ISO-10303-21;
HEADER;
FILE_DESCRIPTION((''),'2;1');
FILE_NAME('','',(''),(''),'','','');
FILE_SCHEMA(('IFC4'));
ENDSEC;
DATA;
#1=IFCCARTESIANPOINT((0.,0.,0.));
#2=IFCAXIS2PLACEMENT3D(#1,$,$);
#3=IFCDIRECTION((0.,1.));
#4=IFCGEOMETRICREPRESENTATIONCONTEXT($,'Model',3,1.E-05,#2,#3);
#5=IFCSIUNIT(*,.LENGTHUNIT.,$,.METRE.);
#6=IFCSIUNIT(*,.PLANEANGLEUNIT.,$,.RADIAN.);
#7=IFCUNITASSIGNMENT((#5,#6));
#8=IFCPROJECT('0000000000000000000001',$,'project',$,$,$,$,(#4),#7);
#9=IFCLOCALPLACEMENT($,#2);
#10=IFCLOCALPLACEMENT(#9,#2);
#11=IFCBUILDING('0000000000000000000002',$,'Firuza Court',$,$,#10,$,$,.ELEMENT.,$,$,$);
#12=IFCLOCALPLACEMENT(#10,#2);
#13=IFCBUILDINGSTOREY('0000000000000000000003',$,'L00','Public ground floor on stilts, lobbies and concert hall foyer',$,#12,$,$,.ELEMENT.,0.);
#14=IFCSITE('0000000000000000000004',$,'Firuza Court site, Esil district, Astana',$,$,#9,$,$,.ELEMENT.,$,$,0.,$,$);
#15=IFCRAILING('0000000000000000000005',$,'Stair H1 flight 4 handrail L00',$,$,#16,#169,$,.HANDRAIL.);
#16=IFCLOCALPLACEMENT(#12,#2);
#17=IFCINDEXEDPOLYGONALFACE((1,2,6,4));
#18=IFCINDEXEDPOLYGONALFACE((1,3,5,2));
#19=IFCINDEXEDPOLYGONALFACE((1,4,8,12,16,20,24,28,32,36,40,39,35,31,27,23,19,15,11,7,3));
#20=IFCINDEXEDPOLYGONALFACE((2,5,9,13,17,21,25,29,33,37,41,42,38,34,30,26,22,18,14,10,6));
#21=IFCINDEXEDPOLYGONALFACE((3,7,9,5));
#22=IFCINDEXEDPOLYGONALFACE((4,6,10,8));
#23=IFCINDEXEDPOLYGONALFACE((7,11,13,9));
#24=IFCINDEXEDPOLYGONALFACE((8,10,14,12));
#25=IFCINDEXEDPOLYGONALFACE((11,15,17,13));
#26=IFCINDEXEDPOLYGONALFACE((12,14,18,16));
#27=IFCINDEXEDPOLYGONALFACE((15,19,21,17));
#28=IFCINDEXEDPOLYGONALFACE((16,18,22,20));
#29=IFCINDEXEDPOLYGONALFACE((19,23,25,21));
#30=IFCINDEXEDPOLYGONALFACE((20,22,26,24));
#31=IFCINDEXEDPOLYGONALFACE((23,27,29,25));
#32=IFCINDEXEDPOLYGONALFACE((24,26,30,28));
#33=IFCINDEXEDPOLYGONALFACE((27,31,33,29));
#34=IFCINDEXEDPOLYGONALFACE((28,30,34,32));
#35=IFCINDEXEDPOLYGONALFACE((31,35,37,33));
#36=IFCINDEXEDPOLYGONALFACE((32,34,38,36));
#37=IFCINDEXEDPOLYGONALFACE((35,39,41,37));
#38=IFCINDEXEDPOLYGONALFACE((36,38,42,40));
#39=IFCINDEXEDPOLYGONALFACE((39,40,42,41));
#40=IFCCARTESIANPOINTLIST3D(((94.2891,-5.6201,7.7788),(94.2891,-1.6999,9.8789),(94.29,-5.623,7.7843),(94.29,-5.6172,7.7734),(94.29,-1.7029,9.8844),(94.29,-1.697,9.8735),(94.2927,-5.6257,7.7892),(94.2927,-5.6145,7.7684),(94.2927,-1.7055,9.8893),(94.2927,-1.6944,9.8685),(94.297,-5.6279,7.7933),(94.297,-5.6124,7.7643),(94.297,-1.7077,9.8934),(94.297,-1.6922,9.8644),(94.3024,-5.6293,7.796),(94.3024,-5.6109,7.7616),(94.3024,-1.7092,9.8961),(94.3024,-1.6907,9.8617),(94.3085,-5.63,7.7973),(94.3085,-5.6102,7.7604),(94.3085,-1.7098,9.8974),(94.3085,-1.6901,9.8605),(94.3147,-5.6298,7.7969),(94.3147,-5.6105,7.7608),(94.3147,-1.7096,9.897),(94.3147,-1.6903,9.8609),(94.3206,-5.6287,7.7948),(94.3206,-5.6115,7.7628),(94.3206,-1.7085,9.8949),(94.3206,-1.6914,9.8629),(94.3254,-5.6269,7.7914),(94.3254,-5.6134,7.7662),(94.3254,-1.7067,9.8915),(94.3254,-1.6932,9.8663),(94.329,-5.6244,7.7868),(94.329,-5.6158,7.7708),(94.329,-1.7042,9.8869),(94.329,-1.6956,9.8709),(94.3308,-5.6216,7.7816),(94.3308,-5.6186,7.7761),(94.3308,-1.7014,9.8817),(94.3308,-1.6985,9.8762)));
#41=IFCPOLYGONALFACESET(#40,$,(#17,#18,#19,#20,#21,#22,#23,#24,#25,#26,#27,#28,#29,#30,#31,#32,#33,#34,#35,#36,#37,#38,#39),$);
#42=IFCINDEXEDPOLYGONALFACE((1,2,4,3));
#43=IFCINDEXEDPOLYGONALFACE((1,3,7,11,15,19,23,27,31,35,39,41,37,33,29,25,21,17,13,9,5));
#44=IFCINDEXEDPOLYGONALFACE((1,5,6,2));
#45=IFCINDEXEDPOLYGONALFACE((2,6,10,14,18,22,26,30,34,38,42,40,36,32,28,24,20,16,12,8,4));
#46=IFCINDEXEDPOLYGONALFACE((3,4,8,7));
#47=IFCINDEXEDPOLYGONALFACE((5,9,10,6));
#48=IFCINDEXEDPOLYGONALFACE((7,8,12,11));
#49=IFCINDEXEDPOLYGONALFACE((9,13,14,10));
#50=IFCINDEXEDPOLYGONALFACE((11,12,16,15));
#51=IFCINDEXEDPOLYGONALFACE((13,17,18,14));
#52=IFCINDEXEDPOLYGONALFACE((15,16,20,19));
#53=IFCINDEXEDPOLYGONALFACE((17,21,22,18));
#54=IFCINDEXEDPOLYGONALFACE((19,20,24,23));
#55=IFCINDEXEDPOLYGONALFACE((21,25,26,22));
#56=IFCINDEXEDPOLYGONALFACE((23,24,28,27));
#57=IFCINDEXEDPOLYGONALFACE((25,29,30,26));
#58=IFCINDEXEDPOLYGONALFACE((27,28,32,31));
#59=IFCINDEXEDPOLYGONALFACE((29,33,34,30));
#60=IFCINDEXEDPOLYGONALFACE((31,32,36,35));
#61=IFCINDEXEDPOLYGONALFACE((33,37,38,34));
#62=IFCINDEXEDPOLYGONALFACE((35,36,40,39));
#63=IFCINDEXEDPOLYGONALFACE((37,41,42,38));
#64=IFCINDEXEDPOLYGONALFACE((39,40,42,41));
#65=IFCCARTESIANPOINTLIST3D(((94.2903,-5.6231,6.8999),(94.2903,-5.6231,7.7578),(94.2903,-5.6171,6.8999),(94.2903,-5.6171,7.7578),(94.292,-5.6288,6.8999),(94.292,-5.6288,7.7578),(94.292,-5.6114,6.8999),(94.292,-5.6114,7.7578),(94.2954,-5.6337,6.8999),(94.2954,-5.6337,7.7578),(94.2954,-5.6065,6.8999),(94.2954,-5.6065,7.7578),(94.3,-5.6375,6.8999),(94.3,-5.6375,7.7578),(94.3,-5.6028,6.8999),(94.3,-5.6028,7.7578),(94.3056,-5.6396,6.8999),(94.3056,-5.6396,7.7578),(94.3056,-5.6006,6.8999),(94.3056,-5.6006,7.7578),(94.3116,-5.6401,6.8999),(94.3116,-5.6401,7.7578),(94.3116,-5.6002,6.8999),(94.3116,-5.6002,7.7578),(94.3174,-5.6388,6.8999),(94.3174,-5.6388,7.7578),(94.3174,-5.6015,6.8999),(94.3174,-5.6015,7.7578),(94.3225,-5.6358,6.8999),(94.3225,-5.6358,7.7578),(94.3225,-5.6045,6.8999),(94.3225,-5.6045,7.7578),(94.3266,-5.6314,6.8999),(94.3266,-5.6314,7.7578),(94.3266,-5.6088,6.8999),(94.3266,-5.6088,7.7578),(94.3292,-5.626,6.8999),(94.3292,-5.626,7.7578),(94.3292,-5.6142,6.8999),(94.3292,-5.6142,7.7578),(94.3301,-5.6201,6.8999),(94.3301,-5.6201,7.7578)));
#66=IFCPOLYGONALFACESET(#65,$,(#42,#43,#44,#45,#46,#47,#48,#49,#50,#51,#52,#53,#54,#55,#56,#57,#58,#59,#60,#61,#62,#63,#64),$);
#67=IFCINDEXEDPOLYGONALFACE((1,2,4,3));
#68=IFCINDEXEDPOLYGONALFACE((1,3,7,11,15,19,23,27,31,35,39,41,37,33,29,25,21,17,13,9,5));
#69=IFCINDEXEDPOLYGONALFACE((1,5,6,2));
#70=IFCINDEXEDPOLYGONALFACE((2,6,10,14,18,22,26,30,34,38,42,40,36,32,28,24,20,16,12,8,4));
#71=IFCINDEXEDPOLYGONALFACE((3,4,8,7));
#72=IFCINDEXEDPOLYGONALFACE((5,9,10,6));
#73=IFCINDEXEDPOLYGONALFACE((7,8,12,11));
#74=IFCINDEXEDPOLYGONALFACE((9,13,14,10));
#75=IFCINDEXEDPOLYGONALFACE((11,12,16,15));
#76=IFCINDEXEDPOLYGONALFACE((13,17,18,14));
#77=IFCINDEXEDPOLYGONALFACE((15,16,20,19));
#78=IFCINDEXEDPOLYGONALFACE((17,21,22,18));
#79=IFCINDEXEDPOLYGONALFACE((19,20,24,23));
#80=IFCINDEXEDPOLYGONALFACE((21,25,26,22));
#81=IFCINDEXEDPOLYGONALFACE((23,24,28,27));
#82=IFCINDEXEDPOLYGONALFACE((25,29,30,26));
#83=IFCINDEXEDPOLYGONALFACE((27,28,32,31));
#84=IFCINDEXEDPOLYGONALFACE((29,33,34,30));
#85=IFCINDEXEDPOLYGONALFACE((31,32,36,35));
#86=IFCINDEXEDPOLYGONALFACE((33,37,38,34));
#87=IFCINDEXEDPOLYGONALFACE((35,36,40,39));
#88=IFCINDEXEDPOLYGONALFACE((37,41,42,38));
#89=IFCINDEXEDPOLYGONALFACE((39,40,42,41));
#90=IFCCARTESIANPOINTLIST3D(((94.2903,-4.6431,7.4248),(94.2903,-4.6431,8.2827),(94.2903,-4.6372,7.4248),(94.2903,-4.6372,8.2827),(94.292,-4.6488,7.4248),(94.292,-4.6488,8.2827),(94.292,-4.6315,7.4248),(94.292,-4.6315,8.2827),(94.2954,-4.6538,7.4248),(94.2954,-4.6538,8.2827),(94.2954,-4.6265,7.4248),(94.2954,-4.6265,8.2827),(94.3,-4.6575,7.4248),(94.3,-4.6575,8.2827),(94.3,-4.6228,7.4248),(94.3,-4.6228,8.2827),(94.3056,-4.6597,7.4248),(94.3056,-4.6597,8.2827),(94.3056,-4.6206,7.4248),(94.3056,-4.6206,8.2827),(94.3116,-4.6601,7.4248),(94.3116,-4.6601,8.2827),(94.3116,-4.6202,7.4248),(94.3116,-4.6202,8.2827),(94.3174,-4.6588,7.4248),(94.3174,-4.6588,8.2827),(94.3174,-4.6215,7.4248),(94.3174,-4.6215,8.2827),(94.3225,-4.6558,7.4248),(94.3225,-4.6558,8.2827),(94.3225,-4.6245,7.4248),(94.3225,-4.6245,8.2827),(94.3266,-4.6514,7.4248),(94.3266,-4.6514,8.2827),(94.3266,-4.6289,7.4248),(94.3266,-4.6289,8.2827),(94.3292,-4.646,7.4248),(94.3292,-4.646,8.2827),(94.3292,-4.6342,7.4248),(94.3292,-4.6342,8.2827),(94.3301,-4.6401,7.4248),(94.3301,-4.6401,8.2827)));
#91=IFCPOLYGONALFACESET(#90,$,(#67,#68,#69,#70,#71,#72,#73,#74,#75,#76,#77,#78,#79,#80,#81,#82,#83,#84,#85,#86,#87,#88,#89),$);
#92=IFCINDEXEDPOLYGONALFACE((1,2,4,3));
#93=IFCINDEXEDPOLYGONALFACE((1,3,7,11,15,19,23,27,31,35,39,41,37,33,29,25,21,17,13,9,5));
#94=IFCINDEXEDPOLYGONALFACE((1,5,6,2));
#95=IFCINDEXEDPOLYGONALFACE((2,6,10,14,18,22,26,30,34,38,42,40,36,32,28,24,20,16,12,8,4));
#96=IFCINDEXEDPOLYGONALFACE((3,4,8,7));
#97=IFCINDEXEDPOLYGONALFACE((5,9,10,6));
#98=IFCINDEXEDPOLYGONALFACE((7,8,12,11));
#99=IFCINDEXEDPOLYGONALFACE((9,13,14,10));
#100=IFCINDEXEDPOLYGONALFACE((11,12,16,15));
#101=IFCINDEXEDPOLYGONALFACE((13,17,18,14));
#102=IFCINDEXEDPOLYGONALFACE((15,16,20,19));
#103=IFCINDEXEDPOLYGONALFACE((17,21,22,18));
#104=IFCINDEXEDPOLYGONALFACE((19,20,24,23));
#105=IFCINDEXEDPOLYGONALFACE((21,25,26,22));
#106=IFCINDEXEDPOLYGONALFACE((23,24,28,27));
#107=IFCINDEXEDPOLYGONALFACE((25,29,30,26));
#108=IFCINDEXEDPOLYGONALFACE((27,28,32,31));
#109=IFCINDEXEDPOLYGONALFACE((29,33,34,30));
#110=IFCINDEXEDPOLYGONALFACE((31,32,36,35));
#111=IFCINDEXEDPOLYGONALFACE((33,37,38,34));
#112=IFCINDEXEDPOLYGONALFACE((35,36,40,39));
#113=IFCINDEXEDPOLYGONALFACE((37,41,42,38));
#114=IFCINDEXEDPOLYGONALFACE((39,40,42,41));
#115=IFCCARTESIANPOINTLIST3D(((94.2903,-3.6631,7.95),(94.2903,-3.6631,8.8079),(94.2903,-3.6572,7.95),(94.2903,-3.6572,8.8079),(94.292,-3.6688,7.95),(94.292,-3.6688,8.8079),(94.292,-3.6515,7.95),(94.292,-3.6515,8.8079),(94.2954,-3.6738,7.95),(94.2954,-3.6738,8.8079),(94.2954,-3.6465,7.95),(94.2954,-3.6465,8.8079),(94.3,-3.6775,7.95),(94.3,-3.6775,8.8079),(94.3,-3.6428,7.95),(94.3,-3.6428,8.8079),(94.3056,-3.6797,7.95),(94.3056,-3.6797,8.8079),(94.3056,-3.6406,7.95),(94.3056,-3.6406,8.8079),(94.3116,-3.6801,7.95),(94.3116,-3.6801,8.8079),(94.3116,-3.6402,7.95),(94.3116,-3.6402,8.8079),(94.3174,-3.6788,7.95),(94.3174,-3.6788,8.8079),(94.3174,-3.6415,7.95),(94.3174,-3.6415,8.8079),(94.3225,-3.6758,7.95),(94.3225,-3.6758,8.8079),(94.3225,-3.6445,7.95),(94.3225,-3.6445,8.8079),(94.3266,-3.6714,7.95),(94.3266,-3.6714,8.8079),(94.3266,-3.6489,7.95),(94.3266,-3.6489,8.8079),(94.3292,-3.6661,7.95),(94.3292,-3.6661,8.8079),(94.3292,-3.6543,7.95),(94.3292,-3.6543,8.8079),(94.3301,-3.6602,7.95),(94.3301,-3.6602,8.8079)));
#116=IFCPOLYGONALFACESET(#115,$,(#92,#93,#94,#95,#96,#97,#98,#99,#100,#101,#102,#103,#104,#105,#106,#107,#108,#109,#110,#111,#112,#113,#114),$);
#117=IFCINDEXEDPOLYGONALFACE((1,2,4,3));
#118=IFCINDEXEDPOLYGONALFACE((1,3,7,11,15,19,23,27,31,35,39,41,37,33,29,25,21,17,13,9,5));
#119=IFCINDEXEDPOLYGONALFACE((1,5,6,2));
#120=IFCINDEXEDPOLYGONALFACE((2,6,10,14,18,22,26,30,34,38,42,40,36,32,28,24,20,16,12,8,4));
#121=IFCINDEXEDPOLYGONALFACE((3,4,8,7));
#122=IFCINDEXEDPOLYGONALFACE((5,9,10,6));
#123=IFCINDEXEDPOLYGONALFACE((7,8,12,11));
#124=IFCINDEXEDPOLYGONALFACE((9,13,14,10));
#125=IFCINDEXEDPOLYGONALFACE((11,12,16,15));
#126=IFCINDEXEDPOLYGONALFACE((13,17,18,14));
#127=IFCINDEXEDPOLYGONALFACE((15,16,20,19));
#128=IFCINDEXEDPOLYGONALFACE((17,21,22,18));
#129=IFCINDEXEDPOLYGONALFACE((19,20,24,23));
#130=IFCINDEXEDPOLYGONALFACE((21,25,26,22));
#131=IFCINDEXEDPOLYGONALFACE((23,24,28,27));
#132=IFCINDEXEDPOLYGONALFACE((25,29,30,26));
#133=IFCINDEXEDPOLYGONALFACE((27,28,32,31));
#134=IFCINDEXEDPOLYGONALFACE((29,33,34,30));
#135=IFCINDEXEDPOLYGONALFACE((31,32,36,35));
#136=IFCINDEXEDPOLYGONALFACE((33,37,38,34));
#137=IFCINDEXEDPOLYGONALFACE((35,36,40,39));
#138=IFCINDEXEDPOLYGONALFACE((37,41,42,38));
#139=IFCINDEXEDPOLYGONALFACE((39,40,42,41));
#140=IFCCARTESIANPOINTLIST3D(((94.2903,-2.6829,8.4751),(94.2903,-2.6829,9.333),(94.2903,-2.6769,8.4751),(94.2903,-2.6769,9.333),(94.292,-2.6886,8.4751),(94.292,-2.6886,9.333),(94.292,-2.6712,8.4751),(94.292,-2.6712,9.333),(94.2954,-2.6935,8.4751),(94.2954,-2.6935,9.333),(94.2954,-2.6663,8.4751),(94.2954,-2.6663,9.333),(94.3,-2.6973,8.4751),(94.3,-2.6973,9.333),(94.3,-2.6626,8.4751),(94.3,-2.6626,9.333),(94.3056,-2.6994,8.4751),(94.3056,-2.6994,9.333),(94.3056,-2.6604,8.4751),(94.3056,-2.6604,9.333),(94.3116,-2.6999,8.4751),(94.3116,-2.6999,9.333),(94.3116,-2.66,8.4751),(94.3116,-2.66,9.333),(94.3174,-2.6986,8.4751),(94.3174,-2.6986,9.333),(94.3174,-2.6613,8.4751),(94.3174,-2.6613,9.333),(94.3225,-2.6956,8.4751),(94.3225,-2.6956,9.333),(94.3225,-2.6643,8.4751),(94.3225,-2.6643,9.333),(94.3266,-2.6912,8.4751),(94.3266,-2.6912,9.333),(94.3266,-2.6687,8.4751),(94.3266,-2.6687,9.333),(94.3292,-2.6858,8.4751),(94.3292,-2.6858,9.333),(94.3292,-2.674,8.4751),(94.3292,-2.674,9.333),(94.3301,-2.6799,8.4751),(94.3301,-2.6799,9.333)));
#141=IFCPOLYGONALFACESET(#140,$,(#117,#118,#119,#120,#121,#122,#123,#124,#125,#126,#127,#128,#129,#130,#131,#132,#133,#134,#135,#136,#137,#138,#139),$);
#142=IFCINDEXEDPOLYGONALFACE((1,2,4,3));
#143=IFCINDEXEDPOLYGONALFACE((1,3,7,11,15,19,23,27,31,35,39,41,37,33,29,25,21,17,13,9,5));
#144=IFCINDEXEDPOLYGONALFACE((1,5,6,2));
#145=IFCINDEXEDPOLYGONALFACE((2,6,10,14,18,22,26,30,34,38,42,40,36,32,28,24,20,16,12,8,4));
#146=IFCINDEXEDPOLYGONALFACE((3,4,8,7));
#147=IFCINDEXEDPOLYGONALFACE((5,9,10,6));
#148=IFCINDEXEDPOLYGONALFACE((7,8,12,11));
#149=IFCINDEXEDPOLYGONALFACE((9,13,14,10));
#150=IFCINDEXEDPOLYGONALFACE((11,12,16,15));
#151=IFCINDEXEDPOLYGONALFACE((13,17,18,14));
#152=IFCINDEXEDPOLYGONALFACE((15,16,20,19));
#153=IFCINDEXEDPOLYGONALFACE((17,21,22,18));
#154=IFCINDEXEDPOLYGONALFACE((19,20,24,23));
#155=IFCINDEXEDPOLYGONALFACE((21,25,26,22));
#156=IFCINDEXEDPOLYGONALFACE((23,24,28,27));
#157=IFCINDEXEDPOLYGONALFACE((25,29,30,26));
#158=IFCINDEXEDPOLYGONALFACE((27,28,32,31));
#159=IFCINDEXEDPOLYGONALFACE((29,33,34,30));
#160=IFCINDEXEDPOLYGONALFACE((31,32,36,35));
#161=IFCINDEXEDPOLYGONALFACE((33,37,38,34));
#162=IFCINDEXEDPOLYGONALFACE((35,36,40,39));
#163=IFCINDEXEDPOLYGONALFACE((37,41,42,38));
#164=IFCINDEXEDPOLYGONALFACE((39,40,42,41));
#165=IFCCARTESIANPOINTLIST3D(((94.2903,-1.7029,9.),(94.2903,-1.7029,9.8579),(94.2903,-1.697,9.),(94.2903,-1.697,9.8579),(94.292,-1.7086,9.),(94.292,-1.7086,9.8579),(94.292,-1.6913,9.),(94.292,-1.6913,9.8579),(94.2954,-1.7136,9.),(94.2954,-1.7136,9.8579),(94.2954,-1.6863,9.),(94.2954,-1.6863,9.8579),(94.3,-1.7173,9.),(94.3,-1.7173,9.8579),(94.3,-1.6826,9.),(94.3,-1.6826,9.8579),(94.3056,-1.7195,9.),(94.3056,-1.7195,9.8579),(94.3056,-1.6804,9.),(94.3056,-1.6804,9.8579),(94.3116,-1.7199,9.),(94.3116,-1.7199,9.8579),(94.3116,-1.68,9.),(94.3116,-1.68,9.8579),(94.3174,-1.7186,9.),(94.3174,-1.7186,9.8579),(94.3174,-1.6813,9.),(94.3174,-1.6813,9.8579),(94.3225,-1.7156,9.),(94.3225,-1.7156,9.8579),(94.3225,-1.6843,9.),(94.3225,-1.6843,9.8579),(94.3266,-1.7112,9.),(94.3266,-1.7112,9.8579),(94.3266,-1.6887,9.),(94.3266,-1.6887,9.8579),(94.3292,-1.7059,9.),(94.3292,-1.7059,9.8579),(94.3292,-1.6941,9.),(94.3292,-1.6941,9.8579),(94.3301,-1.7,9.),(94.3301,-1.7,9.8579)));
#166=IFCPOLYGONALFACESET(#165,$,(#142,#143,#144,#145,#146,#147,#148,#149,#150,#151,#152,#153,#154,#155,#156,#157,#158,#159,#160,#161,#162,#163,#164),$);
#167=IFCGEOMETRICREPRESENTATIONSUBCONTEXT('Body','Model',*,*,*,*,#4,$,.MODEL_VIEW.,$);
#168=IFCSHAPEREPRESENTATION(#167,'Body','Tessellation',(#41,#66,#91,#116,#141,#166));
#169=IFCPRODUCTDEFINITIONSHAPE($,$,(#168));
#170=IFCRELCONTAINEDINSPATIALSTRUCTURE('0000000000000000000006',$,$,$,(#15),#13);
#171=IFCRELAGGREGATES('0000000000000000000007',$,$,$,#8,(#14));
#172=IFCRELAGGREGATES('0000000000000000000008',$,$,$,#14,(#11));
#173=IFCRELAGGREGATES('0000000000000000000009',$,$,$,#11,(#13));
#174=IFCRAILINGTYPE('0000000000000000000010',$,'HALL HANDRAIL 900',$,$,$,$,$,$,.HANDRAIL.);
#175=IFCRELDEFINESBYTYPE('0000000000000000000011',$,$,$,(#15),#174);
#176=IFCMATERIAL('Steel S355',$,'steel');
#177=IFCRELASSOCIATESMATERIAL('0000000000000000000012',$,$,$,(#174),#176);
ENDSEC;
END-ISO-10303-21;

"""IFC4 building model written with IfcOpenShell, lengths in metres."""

from ifc_helpers import new_model, si_unit, direction, frame, origin, origin_2d, place, context, subcontext, project, spatial, circle, extrude, material, type_object, element, save


model = new_model("IFC4")

# Units and contexts
model_context = context("Model", 3, precision=1e-05, world=origin(), true_north=direction((0.0, 1.0)))
body_context = subcontext(model_context, "Body", "Model", "MODEL_VIEW")
ifc_project = project(units=[si_unit("LENGTHUNIT", "METRE"), si_unit("PLANEANGLEUNIT", "RADIAN")], contexts=[model_context])

# Site, building, storey
site_placement = place(None, origin())
site = spatial("IfcSite", under=ifc_project, at=site_placement, Name="Firuza Court site, Esil district, Astana", CompositionType="ELEMENT", RefElevation=0.0)
building_placement = place(site_placement, origin())
building = spatial("IfcBuilding", under=site, at=building_placement, Name="Firuza Court", CompositionType="ELEMENT")
storey_placement = place(building_placement, origin())
storey = spatial("IfcBuildingStorey", under=building, at=storey_placement, Name="L00", Description="Public ground floor on stilts, lobbies and concert hall foyer", CompositionType="ELEMENT", Elevation=0.0)

# Railing
ifc_material_1 = material(Name="Steel S355", Category="steel")
railing_type = type_object("IfcRailingType", Name="HALL HANDRAIL 900", PredefinedType="HANDRAIL", material=ifc_material_1)
for number, where, name in (
    (1, (94.3101, -5.6201, 6.8999), "Stair H1 flight 4 handrail L00"),
):
    element("IfcRailing", number, at=place(storey_placement, frame(where)), inside=storey, type_object=railing_type, Name=name, PredefinedType="HANDRAIL", context=body_context, shape_type="SweptSolid", body=[
        extrude(circle(Radius=0.021, at=origin_2d()), frame((0.0, 0.0, 0.8789), z_axis=(0.0, 0.881479, 0.472223), x_axis=(-1.0, 0.0, 0.0)), (0.0, 0.0, 1.0), 4.4473),
        extrude(circle(Radius=0.02, at=origin_2d()), origin(), (0.0, 0.0, 1.0), 0.8579),
        extrude(circle(Radius=0.02, at=origin_2d()), frame((0.0, 0.98, 0.5249)), (0.0, 0.0, 1.0), 0.8579),
        extrude(circle(Radius=0.02, at=origin_2d()), frame((0.0, 1.96, 1.05)), (0.0, 0.0, 1.0), 0.8579),
        extrude(circle(Radius=0.02, at=origin_2d()), frame((0.0, 2.9402, 1.5752)), (0.0, 0.0, 1.0), 0.8579),
        extrude(circle(Radius=0.02, at=origin_2d()), frame((0.0, 3.9202, 2.1001)), (0.0, 0.0, 1.0), 0.8579),
    ])

save(model, "model.ifc")
